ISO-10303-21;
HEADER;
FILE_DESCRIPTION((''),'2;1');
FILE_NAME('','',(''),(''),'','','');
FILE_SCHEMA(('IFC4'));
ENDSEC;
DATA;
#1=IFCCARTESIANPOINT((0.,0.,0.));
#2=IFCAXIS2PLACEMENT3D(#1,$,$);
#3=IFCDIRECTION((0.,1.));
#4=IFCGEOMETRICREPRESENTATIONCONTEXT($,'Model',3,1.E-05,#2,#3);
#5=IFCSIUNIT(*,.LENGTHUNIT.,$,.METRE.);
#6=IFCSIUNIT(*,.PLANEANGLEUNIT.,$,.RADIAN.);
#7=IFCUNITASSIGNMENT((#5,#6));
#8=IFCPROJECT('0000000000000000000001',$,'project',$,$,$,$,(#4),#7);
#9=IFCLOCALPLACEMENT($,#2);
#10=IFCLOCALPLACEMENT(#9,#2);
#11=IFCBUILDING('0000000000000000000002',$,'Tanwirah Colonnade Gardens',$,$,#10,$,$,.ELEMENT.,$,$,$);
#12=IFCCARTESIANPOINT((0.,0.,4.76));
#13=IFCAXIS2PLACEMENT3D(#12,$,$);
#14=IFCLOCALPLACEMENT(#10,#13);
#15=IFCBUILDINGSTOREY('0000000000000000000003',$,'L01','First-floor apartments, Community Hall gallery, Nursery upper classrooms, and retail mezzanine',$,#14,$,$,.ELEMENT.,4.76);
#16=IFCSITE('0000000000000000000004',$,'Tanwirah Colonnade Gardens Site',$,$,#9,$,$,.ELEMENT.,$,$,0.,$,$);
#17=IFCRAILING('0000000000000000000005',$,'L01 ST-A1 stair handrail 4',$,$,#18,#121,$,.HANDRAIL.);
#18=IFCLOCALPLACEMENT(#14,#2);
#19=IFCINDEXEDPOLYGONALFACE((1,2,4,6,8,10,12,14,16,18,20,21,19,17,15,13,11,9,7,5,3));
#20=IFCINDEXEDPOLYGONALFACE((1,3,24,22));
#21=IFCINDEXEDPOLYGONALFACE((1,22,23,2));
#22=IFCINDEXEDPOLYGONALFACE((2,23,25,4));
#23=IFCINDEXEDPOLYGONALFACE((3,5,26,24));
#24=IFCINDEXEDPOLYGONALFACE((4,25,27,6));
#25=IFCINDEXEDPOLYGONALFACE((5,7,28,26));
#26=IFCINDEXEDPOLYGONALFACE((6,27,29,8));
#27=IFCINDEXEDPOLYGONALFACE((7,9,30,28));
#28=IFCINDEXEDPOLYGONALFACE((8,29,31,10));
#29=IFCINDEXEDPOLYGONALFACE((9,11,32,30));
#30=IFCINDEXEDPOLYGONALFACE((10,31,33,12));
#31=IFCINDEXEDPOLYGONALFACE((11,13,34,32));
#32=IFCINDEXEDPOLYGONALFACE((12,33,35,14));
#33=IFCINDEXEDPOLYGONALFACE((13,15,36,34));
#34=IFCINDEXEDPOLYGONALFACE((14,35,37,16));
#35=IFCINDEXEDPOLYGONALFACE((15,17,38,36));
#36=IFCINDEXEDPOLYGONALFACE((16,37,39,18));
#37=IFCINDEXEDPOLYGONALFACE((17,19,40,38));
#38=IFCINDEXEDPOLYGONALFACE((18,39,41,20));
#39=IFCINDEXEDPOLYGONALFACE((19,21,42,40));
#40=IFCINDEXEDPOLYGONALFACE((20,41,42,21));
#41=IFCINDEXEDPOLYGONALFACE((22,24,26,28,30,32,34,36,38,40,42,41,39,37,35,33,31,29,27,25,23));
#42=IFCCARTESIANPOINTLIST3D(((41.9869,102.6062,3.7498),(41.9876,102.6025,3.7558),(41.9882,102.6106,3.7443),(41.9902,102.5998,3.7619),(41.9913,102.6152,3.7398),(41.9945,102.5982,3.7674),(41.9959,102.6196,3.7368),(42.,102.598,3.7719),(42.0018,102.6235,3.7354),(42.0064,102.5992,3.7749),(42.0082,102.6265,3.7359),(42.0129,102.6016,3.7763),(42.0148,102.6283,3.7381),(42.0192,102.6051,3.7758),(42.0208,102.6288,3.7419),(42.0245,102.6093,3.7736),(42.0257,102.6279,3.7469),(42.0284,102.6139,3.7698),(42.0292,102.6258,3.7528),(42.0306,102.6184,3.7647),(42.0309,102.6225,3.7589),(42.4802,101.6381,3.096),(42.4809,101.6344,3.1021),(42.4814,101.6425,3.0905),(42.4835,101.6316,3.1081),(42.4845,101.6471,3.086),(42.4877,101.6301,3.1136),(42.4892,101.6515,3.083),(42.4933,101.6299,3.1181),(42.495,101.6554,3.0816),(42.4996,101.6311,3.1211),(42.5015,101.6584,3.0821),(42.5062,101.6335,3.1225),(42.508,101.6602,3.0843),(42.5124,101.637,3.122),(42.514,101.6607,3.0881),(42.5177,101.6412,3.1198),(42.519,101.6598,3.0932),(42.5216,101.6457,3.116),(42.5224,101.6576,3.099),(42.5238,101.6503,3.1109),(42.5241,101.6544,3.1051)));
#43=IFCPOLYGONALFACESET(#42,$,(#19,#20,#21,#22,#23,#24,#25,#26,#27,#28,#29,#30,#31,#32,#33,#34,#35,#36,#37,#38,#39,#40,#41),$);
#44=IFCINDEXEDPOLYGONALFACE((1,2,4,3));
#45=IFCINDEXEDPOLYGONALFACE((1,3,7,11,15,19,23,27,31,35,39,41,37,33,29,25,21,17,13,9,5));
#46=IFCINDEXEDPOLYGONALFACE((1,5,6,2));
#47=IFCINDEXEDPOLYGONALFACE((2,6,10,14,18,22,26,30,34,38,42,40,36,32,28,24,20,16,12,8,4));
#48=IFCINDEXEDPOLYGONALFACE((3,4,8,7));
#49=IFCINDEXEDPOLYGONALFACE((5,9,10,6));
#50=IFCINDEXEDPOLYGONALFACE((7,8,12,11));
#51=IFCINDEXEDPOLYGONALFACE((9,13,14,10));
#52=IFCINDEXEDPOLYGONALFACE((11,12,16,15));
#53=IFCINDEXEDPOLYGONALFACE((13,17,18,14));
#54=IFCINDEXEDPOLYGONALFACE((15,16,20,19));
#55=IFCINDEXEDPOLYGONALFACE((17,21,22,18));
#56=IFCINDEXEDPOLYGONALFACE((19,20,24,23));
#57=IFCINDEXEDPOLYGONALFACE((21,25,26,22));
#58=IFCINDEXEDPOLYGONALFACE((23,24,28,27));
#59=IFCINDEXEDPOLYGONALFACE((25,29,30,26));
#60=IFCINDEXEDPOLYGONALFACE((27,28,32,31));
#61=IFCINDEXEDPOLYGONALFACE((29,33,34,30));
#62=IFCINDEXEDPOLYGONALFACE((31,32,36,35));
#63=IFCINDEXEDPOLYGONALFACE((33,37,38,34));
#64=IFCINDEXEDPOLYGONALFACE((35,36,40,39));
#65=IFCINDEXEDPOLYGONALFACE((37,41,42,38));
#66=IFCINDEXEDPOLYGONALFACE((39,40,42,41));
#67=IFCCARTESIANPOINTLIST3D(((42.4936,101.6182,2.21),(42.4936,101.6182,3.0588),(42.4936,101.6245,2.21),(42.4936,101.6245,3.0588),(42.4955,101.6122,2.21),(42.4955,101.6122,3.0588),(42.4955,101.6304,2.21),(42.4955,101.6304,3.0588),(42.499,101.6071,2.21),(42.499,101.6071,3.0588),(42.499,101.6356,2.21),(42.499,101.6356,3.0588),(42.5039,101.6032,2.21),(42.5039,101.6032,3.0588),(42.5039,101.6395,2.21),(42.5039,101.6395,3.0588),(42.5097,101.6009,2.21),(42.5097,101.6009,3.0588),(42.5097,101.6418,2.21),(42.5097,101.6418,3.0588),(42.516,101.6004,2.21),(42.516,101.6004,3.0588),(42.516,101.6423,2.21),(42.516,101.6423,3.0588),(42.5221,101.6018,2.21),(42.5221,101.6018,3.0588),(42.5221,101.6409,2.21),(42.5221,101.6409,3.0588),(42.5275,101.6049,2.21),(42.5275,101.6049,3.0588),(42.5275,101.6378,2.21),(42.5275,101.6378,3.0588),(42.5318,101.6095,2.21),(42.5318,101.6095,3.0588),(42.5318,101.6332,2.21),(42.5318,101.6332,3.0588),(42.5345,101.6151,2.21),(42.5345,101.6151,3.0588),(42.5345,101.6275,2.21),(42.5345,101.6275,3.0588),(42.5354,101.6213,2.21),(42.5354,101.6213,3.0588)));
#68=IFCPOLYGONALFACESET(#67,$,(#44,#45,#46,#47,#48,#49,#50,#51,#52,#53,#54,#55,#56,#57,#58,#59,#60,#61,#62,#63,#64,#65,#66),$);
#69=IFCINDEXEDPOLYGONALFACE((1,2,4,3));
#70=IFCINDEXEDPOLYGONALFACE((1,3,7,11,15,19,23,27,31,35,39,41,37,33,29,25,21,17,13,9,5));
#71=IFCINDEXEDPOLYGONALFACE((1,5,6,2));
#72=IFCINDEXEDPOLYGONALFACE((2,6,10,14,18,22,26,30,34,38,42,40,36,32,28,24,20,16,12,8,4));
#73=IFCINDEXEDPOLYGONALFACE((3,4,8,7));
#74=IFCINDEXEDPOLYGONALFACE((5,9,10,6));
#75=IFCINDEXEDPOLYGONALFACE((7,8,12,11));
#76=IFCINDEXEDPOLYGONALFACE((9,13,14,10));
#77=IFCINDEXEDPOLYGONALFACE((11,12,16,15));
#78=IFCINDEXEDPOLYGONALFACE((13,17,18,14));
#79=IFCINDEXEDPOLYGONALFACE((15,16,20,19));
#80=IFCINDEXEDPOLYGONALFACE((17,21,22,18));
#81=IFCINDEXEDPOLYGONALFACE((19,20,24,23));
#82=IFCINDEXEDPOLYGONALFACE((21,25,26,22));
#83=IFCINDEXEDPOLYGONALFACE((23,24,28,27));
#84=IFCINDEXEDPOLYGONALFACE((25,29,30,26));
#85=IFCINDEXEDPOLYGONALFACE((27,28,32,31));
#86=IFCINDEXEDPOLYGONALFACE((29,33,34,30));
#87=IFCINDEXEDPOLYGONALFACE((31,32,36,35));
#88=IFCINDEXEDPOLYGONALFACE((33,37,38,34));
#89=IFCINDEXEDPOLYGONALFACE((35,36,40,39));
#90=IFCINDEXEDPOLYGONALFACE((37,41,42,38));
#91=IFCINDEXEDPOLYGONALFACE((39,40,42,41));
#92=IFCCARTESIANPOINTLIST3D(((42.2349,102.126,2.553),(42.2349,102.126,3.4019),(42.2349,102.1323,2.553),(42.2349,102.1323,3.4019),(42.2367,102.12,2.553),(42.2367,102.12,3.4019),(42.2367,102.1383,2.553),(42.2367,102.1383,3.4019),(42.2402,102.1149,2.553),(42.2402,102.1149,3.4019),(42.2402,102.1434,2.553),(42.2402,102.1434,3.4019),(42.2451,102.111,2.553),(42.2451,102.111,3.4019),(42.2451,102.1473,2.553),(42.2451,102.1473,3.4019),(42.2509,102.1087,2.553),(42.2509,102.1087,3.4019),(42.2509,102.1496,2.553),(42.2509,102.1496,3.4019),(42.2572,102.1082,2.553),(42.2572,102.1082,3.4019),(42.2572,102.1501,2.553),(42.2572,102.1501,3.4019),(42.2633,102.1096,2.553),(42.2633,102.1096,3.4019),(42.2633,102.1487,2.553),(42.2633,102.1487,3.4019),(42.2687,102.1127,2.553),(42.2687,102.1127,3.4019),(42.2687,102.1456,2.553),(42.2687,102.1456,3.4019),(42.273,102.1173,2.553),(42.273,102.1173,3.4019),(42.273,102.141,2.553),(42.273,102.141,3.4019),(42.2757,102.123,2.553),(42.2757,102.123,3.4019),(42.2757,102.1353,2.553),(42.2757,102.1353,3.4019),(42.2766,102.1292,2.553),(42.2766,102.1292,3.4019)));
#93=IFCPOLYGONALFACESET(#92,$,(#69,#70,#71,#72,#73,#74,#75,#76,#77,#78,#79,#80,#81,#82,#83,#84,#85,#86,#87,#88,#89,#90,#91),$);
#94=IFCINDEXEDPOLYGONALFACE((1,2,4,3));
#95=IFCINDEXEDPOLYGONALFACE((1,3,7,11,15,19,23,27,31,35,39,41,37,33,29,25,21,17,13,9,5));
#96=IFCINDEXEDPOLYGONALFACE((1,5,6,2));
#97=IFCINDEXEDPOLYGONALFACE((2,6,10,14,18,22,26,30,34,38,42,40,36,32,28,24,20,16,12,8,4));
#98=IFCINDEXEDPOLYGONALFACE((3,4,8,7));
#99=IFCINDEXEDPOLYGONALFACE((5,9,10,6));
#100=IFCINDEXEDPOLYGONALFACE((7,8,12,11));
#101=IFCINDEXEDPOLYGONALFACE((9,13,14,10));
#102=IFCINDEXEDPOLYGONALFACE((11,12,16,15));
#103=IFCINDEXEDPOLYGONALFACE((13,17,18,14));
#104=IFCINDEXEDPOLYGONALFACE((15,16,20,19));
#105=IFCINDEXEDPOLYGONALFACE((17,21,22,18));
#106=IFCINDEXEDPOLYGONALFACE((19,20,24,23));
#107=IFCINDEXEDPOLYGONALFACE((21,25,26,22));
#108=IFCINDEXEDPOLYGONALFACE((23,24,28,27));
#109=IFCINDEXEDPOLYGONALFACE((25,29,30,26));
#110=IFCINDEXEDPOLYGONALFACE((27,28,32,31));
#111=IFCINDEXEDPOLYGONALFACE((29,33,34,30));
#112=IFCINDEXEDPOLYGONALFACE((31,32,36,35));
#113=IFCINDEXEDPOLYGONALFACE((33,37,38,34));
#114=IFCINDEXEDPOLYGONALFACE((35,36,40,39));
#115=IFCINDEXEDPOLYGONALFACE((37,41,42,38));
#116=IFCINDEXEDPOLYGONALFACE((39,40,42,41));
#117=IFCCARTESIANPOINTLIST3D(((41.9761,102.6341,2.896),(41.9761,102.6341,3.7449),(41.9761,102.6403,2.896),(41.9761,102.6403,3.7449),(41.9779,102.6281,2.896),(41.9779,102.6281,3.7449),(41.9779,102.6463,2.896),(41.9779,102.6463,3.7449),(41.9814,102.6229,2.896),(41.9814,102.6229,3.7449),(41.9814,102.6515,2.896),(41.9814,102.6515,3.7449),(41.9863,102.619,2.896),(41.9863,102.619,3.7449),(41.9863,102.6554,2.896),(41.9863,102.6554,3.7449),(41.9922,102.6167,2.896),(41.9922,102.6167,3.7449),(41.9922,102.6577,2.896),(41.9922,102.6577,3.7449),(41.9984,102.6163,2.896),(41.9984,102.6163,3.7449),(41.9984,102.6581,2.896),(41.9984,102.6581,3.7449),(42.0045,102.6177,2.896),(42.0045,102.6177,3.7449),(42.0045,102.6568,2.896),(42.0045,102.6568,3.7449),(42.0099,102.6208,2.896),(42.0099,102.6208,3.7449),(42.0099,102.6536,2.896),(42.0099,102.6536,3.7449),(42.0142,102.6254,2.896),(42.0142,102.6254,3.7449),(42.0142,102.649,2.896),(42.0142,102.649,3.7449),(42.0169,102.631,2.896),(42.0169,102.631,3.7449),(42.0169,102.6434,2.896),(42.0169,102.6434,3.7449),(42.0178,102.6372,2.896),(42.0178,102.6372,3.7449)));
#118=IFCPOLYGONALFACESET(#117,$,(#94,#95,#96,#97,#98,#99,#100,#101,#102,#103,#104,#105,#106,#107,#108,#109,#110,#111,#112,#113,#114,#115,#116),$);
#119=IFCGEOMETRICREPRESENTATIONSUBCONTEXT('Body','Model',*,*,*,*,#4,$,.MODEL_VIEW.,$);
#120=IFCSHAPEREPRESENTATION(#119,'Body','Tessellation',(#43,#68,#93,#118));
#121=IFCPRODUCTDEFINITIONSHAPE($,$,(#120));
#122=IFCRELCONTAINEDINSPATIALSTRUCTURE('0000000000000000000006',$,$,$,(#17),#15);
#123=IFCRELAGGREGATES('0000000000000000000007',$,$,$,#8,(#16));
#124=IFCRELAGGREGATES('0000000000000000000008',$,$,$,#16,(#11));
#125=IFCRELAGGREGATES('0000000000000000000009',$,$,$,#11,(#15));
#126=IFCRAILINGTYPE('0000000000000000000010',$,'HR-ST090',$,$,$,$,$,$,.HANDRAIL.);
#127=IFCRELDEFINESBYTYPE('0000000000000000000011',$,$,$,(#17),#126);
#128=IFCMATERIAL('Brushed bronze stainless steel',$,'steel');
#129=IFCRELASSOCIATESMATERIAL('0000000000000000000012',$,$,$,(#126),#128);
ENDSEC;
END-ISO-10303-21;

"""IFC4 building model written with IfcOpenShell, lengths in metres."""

from ifc_helpers import new_model, si_unit, direction, frame, origin, origin_2d, place, context, subcontext, project, spatial, circle, extrude, material, type_object, element, save


model = new_model("IFC4")

# Units and contexts
model_context = context("Model", 3, precision=1e-05, world=origin(), true_north=direction((0.0, 1.0)))
body_context = subcontext(model_context, "Body", "Model", "MODEL_VIEW")
ifc_project = project(units=[si_unit("LENGTHUNIT", "METRE"), si_unit("PLANEANGLEUNIT", "RADIAN")], contexts=[model_context])

# Site, building, storey
site_placement = place(None, origin())
site = spatial("IfcSite", under=ifc_project, at=site_placement, Name="Tanwirah Colonnade Gardens Site", CompositionType="ELEMENT", RefElevation=0.0)
building_placement = place(site_placement, origin())
building = spatial("IfcBuilding", under=site, at=building_placement, Name="Tanwirah Colonnade Gardens", CompositionType="ELEMENT")
storey_placement = place(building_placement, frame((0.0, 0.0, 4.76)))
storey = spatial("IfcBuildingStorey", under=building, at=storey_placement, Name="L01", Description="First-floor apartments, Community Hall gallery, Nursery upper classrooms, and retail mezzanine", CompositionType="ELEMENT", Elevation=4.76)

# Railing
ifc_material_1 = material(Name="Brushed bronze stainless steel", Category="steel")
railing_type_1 = type_object("IfcRailingType", Name="HR-ST090", PredefinedType="HANDRAIL", material=ifc_material_1)
railing_1_placement = place(storey_placement, frame((42.5144, 101.6213, 2.21)))
element("IfcRailing", 1, at=railing_1_placement, inside=storey, type_object=railing_type_1, Name="L01 ST-A1 stair handrail 4", PredefinedType="HANDRAIL", context=body_context, shape_type="SweptSolid", body=[
    extrude(circle(Radius=0.0239, at=origin_2d()), frame((-0.0122, 0.0239, 0.8921), z_axis=(-0.388978, 0.763462, 0.51558), x_axis=(-0.891018, -0.453967, 0.0)), (0.0, 0.0, 1.0), 1.2681),
    extrude(circle(Radius=0.021, at=origin_2d()), origin(), (0.0, 0.0, 1.0), 0.8489),
    extrude(circle(Radius=0.021, at=origin_2d()), frame((-0.2588, 0.5078, 0.343)), (0.0, 0.0, 1.0), 0.8489),
    extrude(circle(Radius=0.021, at=origin_2d()), frame((-0.5176, 1.0159, 0.686)), (0.0, 0.0, 1.0), 0.8489),
])

save(model, "model.ifc")
